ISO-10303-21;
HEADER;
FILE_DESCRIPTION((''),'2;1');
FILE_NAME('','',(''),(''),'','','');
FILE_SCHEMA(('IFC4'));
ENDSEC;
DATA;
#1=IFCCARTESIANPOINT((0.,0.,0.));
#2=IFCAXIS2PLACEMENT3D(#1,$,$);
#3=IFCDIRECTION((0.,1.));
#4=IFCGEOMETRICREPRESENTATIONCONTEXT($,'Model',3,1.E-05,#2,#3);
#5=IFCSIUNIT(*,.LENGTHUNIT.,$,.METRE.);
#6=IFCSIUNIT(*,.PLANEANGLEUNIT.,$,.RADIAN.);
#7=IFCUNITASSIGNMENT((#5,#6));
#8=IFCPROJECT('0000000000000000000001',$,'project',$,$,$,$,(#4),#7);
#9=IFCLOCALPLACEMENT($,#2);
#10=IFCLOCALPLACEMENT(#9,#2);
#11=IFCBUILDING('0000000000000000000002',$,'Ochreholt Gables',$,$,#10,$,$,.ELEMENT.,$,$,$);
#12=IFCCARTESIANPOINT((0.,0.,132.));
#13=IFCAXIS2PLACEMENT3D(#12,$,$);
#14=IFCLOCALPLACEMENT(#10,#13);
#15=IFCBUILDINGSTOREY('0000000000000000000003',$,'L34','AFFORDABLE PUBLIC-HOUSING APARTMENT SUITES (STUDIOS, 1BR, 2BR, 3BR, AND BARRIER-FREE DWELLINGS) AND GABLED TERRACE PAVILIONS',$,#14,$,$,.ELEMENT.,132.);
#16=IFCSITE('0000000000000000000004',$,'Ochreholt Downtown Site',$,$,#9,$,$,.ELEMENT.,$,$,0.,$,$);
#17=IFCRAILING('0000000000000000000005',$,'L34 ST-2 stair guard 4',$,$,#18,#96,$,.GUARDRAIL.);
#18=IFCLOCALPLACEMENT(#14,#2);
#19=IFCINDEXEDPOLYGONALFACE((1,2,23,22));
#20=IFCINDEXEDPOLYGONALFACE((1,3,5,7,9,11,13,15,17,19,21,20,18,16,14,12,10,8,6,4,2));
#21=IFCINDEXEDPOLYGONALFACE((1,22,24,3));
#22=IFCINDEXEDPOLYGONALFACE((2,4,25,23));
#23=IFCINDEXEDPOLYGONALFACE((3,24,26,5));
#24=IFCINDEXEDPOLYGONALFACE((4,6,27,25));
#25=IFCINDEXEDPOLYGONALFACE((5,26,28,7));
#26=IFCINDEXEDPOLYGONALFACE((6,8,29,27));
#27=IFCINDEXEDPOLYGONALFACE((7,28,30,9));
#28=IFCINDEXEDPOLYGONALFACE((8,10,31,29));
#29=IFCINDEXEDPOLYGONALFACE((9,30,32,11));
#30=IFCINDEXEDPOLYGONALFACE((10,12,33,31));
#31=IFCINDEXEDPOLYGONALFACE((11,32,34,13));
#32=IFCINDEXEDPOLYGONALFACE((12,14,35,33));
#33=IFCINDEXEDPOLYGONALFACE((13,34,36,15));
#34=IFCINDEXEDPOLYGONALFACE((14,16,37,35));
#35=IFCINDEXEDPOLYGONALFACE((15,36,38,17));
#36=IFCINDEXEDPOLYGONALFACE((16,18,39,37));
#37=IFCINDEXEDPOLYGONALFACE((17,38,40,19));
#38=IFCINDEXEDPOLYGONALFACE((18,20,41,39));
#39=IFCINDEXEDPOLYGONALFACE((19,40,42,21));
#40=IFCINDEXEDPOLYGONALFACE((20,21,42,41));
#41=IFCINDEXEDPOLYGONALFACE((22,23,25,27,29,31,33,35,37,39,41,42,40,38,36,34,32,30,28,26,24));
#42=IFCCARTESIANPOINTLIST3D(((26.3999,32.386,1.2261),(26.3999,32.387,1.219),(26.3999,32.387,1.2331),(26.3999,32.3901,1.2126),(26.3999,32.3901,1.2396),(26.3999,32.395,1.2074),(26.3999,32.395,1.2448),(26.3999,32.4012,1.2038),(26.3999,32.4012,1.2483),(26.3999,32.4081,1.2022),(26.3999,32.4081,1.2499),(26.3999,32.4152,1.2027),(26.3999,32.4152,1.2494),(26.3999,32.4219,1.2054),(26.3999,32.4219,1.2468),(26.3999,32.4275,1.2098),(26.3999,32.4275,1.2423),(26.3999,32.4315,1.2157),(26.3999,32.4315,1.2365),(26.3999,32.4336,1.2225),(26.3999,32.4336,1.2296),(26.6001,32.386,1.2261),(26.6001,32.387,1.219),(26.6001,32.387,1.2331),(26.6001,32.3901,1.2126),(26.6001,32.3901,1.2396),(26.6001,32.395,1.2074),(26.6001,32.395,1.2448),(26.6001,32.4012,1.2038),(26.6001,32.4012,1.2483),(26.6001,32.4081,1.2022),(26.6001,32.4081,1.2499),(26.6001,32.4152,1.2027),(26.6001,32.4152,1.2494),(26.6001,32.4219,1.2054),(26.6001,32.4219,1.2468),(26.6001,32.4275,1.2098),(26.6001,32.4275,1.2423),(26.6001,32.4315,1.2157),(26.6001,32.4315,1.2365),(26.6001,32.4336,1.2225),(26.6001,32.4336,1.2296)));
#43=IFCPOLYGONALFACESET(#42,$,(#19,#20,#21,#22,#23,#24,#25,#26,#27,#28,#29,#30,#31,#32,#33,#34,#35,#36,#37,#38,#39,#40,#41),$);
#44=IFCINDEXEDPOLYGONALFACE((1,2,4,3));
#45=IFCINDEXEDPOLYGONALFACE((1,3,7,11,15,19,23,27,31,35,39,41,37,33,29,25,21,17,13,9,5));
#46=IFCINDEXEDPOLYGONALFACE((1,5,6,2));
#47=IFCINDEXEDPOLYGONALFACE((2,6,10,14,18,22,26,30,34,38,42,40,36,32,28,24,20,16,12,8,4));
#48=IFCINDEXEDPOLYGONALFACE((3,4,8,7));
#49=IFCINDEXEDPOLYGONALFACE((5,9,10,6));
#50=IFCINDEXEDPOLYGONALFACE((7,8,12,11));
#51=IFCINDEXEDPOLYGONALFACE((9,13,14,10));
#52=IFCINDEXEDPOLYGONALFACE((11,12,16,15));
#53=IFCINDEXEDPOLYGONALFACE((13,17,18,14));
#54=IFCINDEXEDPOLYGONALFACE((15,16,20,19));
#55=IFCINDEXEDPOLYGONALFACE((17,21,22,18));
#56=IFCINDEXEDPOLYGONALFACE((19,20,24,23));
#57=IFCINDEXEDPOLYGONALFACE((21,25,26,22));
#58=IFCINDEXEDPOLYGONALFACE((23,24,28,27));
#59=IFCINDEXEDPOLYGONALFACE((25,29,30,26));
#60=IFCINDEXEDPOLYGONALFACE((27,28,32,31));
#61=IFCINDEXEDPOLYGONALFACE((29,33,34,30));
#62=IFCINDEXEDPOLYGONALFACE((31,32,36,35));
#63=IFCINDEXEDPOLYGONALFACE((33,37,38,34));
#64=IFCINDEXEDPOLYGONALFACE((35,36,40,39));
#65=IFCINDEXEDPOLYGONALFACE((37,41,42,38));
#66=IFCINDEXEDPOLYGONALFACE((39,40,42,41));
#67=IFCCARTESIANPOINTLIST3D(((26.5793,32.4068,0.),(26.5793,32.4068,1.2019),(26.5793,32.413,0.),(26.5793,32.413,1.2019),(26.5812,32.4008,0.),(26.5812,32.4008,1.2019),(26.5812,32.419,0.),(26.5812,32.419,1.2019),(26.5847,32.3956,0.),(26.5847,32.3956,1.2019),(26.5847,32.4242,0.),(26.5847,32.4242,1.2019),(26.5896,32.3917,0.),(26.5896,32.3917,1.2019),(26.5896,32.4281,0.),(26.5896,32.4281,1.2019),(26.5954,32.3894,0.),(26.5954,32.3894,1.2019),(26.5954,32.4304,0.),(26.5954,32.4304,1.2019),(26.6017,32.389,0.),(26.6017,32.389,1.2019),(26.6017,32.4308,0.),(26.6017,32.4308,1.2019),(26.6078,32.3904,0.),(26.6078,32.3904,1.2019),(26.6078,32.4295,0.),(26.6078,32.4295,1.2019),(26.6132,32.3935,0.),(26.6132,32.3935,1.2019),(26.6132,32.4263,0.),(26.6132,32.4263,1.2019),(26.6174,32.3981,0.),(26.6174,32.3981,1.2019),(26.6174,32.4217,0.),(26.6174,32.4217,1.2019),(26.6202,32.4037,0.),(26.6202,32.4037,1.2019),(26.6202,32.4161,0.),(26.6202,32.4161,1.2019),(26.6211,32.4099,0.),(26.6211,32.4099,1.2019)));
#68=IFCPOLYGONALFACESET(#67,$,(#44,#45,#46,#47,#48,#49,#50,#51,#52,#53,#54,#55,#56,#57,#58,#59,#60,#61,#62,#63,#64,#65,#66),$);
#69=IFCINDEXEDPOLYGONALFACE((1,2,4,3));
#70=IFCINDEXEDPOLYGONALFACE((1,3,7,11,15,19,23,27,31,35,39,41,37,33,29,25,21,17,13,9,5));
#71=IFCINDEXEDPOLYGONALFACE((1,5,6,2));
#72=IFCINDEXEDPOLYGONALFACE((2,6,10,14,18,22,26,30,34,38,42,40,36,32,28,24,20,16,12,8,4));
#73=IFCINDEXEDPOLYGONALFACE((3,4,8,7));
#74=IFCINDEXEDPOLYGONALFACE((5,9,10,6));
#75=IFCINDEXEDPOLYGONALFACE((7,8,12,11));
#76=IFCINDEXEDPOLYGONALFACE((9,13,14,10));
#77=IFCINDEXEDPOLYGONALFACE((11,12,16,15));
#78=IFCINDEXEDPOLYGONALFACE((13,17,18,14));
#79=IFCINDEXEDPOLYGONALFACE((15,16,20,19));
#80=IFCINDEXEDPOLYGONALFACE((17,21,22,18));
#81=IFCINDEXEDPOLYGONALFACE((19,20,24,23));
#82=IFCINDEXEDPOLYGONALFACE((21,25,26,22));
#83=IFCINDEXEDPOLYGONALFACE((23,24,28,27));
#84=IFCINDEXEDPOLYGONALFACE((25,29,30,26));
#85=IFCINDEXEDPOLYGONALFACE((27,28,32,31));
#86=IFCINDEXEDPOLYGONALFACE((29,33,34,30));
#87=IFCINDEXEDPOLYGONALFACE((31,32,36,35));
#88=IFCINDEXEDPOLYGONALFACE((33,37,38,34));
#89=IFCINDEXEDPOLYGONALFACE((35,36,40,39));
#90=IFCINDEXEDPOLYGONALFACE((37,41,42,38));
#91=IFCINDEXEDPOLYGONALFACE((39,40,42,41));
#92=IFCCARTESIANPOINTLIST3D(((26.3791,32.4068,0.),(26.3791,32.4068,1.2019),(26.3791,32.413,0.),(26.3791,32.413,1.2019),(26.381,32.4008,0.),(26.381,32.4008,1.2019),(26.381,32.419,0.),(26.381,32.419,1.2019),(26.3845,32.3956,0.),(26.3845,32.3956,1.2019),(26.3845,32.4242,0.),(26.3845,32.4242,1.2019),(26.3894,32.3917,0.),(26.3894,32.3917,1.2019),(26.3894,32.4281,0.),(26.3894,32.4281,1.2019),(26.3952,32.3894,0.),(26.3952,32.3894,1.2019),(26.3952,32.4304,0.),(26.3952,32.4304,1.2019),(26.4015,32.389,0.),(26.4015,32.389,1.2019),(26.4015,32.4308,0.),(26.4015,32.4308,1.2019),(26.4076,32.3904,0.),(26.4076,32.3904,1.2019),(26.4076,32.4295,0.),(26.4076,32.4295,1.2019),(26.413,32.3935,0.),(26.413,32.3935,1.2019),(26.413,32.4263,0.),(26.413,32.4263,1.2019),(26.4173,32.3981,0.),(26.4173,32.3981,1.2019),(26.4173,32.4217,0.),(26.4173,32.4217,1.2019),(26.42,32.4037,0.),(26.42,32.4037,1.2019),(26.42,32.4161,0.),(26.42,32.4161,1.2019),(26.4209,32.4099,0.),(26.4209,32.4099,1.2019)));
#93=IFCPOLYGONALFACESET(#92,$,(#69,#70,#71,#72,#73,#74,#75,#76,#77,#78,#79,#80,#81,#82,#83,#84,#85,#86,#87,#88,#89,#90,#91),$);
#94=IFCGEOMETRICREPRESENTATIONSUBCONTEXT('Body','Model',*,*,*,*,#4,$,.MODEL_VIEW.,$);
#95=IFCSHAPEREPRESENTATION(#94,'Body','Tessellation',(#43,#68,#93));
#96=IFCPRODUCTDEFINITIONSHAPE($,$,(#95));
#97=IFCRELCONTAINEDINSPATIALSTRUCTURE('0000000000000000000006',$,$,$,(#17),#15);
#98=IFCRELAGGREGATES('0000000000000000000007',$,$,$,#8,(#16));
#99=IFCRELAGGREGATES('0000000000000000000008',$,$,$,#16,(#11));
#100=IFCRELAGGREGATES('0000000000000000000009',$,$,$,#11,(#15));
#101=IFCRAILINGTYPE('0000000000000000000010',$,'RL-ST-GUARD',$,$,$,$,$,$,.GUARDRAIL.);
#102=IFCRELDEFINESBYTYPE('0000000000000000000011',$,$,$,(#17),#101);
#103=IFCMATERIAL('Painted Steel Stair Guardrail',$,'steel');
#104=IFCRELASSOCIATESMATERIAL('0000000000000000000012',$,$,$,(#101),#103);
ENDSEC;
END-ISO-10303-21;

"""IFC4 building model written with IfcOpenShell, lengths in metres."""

from ifc_helpers import new_model, si_unit, direction, frame, origin, origin_2d, place, context, subcontext, project, spatial, circle, extrude, material, type_object, element, save


model = new_model("IFC4")

# Units and contexts
model_context = context("Model", 3, precision=1e-05, world=origin(), true_north=direction((0.0, 1.0)))
body_context = subcontext(model_context, "Body", "Model", "MODEL_VIEW")
ifc_project = project(units=[si_unit("LENGTHUNIT", "METRE"), si_unit("PLANEANGLEUNIT", "RADIAN")], contexts=[model_context])

# Site, building, storey
site_placement = place(None, origin())
site = spatial("IfcSite", under=ifc_project, at=site_placement, Name="Ochreholt Downtown Site", CompositionType="ELEMENT", RefElevation=0.0)
building_placement = place(site_placement, origin())
building = spatial("IfcBuilding", under=site, at=building_placement, Name="Ochreholt Gables", CompositionType="ELEMENT")
storey_placement = place(building_placement, frame((0.0, 0.0, 132.0)))
storey = spatial("IfcBuildingStorey", under=building, at=storey_placement, Name="L34", Description="AFFORDABLE PUBLIC-HOUSING APARTMENT SUITES (STUDIOS, 1BR, 2BR, 3BR, AND BARRIER-FREE DWELLINGS) AND GABLED TERRACE PAVILIONS", CompositionType="ELEMENT", Elevation=132.0)

# Railing
ifc_material_1 = material(Name="Painted Steel Stair Guardrail", Category="steel")
railing_type = type_object("IfcRailingType", Name="RL-ST-GUARD", PredefinedType="GUARDRAIL", material=ifc_material_1)
railing_1_placement = place(storey_placement, frame((26.6001, 32.4099, 0.0)))
element("IfcRailing", 1, at=railing_1_placement, inside=storey, type_object=railing_type, Name="L34 ST-2 stair guard 4", PredefinedType="GUARDRAIL", context=body_context, shape_type="SweptSolid", body=[
    extrude(circle(Radius=0.0239, at=origin_2d()), frame((0.0, 0.0, 1.2261), z_axis=(-1.0, 0.0, 0.0), x_axis=(0.0, -1.0, 0.0)), (0.0, 0.0, 1.0), 0.2002),
    extrude(circle(Radius=0.021, at=origin_2d()), origin(), (0.0, 0.0, 1.0), 1.2019),
    extrude(circle(Radius=0.021, at=origin_2d()), frame((-0.2002, 0.0, 0.0)), (0.0, 0.0, 1.0), 1.2019),
])

save(model, "model.ifc")
